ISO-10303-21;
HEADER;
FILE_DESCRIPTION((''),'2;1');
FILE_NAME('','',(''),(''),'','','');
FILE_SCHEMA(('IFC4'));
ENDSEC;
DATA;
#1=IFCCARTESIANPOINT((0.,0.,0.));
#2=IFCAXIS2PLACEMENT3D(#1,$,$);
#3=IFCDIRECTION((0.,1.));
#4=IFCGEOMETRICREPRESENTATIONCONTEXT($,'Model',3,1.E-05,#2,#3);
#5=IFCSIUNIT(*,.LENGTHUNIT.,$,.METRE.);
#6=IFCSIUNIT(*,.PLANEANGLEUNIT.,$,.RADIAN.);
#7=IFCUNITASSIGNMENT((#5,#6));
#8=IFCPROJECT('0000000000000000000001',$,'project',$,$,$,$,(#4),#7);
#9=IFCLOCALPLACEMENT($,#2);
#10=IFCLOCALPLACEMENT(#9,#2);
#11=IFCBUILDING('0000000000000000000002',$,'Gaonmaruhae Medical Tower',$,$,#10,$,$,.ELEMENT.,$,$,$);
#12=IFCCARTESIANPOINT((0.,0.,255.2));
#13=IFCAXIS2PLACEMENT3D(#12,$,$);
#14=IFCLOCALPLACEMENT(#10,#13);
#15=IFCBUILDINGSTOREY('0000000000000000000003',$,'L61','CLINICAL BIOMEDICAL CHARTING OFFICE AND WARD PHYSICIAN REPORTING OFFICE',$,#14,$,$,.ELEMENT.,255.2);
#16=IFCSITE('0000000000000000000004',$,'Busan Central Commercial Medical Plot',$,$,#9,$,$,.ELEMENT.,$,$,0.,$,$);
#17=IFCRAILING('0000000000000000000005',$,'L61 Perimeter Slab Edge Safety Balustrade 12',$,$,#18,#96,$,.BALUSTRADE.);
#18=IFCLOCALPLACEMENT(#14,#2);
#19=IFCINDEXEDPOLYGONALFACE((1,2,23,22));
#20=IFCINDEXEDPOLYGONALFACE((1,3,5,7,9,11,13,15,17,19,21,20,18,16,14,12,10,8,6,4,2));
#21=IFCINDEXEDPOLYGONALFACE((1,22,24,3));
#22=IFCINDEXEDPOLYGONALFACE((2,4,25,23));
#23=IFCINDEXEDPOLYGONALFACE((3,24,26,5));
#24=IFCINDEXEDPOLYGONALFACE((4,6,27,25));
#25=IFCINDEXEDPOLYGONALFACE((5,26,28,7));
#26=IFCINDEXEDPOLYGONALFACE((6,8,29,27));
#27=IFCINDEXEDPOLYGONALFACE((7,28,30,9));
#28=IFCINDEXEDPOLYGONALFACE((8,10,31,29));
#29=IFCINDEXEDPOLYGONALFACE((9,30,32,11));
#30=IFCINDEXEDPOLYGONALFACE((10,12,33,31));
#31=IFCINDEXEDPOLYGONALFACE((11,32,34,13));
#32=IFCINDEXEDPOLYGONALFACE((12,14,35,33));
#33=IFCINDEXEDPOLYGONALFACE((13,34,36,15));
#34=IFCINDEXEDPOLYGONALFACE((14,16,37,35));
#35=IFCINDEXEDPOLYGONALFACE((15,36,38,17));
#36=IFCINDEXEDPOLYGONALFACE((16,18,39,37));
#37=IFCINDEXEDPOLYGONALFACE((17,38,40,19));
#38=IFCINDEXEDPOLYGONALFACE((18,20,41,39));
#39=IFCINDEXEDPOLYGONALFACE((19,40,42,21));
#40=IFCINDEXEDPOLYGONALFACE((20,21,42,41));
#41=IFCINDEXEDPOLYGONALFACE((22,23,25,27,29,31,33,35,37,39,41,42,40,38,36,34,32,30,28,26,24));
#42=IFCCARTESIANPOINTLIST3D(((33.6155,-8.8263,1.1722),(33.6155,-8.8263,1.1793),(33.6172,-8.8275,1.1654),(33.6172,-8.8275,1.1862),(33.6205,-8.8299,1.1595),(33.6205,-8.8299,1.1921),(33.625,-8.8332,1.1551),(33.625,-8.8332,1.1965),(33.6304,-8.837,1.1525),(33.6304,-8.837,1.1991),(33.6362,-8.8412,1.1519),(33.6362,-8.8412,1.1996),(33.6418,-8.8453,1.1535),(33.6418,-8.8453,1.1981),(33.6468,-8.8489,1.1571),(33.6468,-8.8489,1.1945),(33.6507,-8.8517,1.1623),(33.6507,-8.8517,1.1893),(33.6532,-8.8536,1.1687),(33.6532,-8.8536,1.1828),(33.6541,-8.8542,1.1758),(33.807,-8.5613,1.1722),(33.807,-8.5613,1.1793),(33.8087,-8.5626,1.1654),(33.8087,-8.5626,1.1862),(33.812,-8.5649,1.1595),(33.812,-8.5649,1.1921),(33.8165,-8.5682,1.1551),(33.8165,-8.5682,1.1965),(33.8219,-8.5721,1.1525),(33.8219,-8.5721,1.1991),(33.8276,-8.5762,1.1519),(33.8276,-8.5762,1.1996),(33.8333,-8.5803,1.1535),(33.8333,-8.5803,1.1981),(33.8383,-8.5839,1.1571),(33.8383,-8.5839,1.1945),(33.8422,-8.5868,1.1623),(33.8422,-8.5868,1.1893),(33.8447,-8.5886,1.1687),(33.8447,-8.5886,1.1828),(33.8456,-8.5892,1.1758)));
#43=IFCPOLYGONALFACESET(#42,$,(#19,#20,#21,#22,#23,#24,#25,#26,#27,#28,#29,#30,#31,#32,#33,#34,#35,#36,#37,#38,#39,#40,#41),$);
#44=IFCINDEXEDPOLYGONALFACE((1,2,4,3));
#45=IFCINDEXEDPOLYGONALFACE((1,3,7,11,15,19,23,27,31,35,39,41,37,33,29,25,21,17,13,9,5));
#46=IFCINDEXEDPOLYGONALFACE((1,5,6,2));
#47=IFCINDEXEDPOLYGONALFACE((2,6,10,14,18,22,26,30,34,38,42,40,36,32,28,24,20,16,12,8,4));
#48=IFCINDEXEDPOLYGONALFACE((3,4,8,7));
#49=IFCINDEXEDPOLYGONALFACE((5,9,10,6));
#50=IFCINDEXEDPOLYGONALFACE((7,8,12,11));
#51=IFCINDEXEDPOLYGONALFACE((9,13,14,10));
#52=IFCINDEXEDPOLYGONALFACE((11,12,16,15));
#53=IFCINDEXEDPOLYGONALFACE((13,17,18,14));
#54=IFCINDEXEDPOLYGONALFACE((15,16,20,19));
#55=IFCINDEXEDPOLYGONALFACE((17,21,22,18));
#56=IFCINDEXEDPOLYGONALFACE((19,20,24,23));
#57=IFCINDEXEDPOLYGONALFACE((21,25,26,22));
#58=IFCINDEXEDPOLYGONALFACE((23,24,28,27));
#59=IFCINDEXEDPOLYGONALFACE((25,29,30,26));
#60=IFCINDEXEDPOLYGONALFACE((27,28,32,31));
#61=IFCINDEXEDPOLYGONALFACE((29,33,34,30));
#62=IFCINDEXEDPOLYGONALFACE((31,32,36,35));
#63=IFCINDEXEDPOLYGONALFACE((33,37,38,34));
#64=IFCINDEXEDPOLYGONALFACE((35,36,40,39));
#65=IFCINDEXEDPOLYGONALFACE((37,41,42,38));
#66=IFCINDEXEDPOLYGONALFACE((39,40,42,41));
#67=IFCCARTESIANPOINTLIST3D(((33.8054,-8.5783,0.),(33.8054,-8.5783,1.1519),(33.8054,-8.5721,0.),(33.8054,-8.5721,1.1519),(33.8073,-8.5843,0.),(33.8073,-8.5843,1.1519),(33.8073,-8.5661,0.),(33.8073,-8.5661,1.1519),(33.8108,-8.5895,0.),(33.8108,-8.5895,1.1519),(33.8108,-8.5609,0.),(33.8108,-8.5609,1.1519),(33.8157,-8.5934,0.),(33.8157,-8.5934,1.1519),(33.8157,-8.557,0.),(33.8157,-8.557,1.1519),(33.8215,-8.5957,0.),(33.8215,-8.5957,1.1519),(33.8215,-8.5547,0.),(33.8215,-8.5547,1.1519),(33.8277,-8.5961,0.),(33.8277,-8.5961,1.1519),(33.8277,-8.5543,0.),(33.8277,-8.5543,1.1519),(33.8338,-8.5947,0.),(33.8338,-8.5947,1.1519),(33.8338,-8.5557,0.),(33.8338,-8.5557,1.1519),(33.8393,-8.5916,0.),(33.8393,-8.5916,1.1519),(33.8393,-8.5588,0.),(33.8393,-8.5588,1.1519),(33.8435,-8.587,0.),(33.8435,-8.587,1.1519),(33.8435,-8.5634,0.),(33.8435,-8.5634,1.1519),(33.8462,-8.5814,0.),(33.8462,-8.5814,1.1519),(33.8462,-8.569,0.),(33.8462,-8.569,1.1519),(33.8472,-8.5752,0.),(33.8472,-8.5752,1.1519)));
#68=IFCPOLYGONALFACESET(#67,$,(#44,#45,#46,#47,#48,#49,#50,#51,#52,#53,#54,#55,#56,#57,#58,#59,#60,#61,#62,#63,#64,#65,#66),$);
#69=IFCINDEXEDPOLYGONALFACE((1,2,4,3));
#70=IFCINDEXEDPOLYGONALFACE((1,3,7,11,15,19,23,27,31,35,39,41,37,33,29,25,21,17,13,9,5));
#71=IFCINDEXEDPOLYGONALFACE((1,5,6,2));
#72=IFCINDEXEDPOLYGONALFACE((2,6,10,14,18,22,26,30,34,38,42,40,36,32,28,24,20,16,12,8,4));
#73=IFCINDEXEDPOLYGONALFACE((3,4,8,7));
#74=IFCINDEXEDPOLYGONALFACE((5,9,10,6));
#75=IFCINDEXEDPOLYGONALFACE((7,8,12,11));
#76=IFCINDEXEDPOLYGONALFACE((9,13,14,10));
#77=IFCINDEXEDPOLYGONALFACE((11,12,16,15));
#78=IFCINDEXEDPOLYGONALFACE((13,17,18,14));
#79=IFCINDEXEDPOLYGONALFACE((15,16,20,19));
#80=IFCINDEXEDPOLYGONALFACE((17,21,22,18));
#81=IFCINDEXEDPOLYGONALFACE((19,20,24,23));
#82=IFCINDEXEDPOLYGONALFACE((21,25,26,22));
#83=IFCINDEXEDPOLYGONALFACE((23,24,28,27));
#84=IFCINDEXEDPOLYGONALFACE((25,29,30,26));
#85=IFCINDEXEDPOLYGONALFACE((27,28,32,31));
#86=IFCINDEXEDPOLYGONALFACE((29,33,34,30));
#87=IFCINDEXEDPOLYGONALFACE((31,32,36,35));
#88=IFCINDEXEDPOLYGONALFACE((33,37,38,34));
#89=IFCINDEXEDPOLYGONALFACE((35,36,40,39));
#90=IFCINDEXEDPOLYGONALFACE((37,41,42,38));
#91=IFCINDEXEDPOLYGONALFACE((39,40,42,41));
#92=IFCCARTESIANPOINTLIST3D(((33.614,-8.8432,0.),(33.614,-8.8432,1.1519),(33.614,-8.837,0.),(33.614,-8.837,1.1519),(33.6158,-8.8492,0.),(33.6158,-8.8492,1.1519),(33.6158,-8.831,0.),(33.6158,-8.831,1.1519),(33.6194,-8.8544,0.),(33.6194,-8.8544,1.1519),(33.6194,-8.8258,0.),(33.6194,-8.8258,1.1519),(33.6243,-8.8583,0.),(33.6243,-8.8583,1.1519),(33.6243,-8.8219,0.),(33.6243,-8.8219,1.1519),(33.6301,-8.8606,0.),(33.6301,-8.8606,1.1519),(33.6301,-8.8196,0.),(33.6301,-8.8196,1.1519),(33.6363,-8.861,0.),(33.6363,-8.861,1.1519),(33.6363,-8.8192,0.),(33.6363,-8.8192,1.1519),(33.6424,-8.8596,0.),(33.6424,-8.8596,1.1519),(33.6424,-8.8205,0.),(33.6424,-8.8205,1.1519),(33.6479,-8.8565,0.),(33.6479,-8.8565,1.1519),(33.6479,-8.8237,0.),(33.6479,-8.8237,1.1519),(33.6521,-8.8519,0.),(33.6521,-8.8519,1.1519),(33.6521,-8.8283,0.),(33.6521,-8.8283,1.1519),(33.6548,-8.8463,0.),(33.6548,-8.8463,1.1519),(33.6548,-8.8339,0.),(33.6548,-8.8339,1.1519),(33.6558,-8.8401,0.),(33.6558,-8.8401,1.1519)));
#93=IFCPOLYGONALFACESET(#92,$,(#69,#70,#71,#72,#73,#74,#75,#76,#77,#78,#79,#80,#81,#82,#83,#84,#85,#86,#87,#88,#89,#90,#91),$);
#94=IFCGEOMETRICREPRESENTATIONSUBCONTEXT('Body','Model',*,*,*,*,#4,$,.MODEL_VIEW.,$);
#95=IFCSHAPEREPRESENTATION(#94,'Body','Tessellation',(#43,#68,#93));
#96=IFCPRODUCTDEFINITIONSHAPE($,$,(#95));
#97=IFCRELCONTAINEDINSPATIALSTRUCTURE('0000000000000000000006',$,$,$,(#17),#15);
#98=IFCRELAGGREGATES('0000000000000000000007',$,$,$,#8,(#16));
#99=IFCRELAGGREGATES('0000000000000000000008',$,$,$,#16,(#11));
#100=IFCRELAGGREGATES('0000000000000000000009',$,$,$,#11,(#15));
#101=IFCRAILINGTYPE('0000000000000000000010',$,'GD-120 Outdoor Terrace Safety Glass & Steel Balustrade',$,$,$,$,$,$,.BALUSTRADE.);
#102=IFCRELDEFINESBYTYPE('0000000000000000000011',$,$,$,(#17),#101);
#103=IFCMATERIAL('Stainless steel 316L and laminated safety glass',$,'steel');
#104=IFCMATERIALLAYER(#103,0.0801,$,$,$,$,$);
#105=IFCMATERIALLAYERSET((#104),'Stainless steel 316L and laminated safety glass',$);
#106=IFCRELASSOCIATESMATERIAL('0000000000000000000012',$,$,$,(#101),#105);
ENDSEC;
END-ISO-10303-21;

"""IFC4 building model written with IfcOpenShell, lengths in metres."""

from ifc_helpers import new_model, si_unit, direction, frame, origin, origin_2d, place, context, subcontext, project, spatial, circle, extrude, material, layer, layer_set, type_object, element, save


model = new_model("IFC4")

# Units and contexts
model_context = context("Model", 3, precision=1e-05, world=origin(), true_north=direction((0.0, 1.0)))
body_context = subcontext(model_context, "Body", "Model", "MODEL_VIEW")
ifc_project = project(units=[si_unit("LENGTHUNIT", "METRE"), si_unit("PLANEANGLEUNIT", "RADIAN")], contexts=[model_context])

# Site, building, storey
site_placement = place(None, origin())
site = spatial("IfcSite", under=ifc_project, at=site_placement, Name="Busan Central Commercial Medical Plot", CompositionType="ELEMENT", RefElevation=0.0)
building_placement = place(site_placement, origin())
building = spatial("IfcBuilding", under=site, at=building_placement, Name="Gaonmaruhae Medical Tower", CompositionType="ELEMENT")
storey_placement = place(building_placement, frame((0.0, 0.0, 255.2)))
storey = spatial("IfcBuildingStorey", under=building, at=storey_placement, Name="L61", Description="CLINICAL BIOMEDICAL CHARTING OFFICE AND WARD PHYSICIAN REPORTING OFFICE", CompositionType="ELEMENT", Elevation=255.2)

# Railing
ifc_material_1 = material(Name="Stainless steel 316L and laminated safety glass", Category="steel")
ifc_layer_1 = layer(ifc_material_1, 0.0801)
ifc_layer_set_1 = layer_set([ifc_layer_1], Name="Stainless steel 316L and laminated safety glass")
railing_type = type_object("IfcRailingType", Name="GD-120 Outdoor Terrace Safety Glass & Steel Balustrade", PredefinedType="BALUSTRADE", material=ifc_layer_set_1)
railing_1_placement = place(storey_placement, frame((33.8262, -8.5752, 0.0)))
element("IfcRailing", 1, at=railing_1_placement, inside=storey, type_object=railing_type, Name="L61 Perimeter Slab Edge Safety Balustrade 12", PredefinedType="BALUSTRADE", context=body_context, shape_type="SweptSolid", body=[
    extrude(circle(Radius=0.0239, at=origin_2d()), frame((0.0, 0.0, 1.1758), z_axis=(-0.585681, -0.810541, 0.0), x_axis=(0.810541, -0.585681, 0.0)), (0.0, 0.0, 1.0), 0.3269),
    extrude(circle(Radius=0.021, at=origin_2d()), origin(), (0.0, 0.0, 1.0), 1.1519),
    extrude(circle(Radius=0.021, at=origin_2d()), frame((-0.1914, -0.2649, 0.0)), (0.0, 0.0, 1.0), 1.1519),
])

save(model, "model.ifc")
